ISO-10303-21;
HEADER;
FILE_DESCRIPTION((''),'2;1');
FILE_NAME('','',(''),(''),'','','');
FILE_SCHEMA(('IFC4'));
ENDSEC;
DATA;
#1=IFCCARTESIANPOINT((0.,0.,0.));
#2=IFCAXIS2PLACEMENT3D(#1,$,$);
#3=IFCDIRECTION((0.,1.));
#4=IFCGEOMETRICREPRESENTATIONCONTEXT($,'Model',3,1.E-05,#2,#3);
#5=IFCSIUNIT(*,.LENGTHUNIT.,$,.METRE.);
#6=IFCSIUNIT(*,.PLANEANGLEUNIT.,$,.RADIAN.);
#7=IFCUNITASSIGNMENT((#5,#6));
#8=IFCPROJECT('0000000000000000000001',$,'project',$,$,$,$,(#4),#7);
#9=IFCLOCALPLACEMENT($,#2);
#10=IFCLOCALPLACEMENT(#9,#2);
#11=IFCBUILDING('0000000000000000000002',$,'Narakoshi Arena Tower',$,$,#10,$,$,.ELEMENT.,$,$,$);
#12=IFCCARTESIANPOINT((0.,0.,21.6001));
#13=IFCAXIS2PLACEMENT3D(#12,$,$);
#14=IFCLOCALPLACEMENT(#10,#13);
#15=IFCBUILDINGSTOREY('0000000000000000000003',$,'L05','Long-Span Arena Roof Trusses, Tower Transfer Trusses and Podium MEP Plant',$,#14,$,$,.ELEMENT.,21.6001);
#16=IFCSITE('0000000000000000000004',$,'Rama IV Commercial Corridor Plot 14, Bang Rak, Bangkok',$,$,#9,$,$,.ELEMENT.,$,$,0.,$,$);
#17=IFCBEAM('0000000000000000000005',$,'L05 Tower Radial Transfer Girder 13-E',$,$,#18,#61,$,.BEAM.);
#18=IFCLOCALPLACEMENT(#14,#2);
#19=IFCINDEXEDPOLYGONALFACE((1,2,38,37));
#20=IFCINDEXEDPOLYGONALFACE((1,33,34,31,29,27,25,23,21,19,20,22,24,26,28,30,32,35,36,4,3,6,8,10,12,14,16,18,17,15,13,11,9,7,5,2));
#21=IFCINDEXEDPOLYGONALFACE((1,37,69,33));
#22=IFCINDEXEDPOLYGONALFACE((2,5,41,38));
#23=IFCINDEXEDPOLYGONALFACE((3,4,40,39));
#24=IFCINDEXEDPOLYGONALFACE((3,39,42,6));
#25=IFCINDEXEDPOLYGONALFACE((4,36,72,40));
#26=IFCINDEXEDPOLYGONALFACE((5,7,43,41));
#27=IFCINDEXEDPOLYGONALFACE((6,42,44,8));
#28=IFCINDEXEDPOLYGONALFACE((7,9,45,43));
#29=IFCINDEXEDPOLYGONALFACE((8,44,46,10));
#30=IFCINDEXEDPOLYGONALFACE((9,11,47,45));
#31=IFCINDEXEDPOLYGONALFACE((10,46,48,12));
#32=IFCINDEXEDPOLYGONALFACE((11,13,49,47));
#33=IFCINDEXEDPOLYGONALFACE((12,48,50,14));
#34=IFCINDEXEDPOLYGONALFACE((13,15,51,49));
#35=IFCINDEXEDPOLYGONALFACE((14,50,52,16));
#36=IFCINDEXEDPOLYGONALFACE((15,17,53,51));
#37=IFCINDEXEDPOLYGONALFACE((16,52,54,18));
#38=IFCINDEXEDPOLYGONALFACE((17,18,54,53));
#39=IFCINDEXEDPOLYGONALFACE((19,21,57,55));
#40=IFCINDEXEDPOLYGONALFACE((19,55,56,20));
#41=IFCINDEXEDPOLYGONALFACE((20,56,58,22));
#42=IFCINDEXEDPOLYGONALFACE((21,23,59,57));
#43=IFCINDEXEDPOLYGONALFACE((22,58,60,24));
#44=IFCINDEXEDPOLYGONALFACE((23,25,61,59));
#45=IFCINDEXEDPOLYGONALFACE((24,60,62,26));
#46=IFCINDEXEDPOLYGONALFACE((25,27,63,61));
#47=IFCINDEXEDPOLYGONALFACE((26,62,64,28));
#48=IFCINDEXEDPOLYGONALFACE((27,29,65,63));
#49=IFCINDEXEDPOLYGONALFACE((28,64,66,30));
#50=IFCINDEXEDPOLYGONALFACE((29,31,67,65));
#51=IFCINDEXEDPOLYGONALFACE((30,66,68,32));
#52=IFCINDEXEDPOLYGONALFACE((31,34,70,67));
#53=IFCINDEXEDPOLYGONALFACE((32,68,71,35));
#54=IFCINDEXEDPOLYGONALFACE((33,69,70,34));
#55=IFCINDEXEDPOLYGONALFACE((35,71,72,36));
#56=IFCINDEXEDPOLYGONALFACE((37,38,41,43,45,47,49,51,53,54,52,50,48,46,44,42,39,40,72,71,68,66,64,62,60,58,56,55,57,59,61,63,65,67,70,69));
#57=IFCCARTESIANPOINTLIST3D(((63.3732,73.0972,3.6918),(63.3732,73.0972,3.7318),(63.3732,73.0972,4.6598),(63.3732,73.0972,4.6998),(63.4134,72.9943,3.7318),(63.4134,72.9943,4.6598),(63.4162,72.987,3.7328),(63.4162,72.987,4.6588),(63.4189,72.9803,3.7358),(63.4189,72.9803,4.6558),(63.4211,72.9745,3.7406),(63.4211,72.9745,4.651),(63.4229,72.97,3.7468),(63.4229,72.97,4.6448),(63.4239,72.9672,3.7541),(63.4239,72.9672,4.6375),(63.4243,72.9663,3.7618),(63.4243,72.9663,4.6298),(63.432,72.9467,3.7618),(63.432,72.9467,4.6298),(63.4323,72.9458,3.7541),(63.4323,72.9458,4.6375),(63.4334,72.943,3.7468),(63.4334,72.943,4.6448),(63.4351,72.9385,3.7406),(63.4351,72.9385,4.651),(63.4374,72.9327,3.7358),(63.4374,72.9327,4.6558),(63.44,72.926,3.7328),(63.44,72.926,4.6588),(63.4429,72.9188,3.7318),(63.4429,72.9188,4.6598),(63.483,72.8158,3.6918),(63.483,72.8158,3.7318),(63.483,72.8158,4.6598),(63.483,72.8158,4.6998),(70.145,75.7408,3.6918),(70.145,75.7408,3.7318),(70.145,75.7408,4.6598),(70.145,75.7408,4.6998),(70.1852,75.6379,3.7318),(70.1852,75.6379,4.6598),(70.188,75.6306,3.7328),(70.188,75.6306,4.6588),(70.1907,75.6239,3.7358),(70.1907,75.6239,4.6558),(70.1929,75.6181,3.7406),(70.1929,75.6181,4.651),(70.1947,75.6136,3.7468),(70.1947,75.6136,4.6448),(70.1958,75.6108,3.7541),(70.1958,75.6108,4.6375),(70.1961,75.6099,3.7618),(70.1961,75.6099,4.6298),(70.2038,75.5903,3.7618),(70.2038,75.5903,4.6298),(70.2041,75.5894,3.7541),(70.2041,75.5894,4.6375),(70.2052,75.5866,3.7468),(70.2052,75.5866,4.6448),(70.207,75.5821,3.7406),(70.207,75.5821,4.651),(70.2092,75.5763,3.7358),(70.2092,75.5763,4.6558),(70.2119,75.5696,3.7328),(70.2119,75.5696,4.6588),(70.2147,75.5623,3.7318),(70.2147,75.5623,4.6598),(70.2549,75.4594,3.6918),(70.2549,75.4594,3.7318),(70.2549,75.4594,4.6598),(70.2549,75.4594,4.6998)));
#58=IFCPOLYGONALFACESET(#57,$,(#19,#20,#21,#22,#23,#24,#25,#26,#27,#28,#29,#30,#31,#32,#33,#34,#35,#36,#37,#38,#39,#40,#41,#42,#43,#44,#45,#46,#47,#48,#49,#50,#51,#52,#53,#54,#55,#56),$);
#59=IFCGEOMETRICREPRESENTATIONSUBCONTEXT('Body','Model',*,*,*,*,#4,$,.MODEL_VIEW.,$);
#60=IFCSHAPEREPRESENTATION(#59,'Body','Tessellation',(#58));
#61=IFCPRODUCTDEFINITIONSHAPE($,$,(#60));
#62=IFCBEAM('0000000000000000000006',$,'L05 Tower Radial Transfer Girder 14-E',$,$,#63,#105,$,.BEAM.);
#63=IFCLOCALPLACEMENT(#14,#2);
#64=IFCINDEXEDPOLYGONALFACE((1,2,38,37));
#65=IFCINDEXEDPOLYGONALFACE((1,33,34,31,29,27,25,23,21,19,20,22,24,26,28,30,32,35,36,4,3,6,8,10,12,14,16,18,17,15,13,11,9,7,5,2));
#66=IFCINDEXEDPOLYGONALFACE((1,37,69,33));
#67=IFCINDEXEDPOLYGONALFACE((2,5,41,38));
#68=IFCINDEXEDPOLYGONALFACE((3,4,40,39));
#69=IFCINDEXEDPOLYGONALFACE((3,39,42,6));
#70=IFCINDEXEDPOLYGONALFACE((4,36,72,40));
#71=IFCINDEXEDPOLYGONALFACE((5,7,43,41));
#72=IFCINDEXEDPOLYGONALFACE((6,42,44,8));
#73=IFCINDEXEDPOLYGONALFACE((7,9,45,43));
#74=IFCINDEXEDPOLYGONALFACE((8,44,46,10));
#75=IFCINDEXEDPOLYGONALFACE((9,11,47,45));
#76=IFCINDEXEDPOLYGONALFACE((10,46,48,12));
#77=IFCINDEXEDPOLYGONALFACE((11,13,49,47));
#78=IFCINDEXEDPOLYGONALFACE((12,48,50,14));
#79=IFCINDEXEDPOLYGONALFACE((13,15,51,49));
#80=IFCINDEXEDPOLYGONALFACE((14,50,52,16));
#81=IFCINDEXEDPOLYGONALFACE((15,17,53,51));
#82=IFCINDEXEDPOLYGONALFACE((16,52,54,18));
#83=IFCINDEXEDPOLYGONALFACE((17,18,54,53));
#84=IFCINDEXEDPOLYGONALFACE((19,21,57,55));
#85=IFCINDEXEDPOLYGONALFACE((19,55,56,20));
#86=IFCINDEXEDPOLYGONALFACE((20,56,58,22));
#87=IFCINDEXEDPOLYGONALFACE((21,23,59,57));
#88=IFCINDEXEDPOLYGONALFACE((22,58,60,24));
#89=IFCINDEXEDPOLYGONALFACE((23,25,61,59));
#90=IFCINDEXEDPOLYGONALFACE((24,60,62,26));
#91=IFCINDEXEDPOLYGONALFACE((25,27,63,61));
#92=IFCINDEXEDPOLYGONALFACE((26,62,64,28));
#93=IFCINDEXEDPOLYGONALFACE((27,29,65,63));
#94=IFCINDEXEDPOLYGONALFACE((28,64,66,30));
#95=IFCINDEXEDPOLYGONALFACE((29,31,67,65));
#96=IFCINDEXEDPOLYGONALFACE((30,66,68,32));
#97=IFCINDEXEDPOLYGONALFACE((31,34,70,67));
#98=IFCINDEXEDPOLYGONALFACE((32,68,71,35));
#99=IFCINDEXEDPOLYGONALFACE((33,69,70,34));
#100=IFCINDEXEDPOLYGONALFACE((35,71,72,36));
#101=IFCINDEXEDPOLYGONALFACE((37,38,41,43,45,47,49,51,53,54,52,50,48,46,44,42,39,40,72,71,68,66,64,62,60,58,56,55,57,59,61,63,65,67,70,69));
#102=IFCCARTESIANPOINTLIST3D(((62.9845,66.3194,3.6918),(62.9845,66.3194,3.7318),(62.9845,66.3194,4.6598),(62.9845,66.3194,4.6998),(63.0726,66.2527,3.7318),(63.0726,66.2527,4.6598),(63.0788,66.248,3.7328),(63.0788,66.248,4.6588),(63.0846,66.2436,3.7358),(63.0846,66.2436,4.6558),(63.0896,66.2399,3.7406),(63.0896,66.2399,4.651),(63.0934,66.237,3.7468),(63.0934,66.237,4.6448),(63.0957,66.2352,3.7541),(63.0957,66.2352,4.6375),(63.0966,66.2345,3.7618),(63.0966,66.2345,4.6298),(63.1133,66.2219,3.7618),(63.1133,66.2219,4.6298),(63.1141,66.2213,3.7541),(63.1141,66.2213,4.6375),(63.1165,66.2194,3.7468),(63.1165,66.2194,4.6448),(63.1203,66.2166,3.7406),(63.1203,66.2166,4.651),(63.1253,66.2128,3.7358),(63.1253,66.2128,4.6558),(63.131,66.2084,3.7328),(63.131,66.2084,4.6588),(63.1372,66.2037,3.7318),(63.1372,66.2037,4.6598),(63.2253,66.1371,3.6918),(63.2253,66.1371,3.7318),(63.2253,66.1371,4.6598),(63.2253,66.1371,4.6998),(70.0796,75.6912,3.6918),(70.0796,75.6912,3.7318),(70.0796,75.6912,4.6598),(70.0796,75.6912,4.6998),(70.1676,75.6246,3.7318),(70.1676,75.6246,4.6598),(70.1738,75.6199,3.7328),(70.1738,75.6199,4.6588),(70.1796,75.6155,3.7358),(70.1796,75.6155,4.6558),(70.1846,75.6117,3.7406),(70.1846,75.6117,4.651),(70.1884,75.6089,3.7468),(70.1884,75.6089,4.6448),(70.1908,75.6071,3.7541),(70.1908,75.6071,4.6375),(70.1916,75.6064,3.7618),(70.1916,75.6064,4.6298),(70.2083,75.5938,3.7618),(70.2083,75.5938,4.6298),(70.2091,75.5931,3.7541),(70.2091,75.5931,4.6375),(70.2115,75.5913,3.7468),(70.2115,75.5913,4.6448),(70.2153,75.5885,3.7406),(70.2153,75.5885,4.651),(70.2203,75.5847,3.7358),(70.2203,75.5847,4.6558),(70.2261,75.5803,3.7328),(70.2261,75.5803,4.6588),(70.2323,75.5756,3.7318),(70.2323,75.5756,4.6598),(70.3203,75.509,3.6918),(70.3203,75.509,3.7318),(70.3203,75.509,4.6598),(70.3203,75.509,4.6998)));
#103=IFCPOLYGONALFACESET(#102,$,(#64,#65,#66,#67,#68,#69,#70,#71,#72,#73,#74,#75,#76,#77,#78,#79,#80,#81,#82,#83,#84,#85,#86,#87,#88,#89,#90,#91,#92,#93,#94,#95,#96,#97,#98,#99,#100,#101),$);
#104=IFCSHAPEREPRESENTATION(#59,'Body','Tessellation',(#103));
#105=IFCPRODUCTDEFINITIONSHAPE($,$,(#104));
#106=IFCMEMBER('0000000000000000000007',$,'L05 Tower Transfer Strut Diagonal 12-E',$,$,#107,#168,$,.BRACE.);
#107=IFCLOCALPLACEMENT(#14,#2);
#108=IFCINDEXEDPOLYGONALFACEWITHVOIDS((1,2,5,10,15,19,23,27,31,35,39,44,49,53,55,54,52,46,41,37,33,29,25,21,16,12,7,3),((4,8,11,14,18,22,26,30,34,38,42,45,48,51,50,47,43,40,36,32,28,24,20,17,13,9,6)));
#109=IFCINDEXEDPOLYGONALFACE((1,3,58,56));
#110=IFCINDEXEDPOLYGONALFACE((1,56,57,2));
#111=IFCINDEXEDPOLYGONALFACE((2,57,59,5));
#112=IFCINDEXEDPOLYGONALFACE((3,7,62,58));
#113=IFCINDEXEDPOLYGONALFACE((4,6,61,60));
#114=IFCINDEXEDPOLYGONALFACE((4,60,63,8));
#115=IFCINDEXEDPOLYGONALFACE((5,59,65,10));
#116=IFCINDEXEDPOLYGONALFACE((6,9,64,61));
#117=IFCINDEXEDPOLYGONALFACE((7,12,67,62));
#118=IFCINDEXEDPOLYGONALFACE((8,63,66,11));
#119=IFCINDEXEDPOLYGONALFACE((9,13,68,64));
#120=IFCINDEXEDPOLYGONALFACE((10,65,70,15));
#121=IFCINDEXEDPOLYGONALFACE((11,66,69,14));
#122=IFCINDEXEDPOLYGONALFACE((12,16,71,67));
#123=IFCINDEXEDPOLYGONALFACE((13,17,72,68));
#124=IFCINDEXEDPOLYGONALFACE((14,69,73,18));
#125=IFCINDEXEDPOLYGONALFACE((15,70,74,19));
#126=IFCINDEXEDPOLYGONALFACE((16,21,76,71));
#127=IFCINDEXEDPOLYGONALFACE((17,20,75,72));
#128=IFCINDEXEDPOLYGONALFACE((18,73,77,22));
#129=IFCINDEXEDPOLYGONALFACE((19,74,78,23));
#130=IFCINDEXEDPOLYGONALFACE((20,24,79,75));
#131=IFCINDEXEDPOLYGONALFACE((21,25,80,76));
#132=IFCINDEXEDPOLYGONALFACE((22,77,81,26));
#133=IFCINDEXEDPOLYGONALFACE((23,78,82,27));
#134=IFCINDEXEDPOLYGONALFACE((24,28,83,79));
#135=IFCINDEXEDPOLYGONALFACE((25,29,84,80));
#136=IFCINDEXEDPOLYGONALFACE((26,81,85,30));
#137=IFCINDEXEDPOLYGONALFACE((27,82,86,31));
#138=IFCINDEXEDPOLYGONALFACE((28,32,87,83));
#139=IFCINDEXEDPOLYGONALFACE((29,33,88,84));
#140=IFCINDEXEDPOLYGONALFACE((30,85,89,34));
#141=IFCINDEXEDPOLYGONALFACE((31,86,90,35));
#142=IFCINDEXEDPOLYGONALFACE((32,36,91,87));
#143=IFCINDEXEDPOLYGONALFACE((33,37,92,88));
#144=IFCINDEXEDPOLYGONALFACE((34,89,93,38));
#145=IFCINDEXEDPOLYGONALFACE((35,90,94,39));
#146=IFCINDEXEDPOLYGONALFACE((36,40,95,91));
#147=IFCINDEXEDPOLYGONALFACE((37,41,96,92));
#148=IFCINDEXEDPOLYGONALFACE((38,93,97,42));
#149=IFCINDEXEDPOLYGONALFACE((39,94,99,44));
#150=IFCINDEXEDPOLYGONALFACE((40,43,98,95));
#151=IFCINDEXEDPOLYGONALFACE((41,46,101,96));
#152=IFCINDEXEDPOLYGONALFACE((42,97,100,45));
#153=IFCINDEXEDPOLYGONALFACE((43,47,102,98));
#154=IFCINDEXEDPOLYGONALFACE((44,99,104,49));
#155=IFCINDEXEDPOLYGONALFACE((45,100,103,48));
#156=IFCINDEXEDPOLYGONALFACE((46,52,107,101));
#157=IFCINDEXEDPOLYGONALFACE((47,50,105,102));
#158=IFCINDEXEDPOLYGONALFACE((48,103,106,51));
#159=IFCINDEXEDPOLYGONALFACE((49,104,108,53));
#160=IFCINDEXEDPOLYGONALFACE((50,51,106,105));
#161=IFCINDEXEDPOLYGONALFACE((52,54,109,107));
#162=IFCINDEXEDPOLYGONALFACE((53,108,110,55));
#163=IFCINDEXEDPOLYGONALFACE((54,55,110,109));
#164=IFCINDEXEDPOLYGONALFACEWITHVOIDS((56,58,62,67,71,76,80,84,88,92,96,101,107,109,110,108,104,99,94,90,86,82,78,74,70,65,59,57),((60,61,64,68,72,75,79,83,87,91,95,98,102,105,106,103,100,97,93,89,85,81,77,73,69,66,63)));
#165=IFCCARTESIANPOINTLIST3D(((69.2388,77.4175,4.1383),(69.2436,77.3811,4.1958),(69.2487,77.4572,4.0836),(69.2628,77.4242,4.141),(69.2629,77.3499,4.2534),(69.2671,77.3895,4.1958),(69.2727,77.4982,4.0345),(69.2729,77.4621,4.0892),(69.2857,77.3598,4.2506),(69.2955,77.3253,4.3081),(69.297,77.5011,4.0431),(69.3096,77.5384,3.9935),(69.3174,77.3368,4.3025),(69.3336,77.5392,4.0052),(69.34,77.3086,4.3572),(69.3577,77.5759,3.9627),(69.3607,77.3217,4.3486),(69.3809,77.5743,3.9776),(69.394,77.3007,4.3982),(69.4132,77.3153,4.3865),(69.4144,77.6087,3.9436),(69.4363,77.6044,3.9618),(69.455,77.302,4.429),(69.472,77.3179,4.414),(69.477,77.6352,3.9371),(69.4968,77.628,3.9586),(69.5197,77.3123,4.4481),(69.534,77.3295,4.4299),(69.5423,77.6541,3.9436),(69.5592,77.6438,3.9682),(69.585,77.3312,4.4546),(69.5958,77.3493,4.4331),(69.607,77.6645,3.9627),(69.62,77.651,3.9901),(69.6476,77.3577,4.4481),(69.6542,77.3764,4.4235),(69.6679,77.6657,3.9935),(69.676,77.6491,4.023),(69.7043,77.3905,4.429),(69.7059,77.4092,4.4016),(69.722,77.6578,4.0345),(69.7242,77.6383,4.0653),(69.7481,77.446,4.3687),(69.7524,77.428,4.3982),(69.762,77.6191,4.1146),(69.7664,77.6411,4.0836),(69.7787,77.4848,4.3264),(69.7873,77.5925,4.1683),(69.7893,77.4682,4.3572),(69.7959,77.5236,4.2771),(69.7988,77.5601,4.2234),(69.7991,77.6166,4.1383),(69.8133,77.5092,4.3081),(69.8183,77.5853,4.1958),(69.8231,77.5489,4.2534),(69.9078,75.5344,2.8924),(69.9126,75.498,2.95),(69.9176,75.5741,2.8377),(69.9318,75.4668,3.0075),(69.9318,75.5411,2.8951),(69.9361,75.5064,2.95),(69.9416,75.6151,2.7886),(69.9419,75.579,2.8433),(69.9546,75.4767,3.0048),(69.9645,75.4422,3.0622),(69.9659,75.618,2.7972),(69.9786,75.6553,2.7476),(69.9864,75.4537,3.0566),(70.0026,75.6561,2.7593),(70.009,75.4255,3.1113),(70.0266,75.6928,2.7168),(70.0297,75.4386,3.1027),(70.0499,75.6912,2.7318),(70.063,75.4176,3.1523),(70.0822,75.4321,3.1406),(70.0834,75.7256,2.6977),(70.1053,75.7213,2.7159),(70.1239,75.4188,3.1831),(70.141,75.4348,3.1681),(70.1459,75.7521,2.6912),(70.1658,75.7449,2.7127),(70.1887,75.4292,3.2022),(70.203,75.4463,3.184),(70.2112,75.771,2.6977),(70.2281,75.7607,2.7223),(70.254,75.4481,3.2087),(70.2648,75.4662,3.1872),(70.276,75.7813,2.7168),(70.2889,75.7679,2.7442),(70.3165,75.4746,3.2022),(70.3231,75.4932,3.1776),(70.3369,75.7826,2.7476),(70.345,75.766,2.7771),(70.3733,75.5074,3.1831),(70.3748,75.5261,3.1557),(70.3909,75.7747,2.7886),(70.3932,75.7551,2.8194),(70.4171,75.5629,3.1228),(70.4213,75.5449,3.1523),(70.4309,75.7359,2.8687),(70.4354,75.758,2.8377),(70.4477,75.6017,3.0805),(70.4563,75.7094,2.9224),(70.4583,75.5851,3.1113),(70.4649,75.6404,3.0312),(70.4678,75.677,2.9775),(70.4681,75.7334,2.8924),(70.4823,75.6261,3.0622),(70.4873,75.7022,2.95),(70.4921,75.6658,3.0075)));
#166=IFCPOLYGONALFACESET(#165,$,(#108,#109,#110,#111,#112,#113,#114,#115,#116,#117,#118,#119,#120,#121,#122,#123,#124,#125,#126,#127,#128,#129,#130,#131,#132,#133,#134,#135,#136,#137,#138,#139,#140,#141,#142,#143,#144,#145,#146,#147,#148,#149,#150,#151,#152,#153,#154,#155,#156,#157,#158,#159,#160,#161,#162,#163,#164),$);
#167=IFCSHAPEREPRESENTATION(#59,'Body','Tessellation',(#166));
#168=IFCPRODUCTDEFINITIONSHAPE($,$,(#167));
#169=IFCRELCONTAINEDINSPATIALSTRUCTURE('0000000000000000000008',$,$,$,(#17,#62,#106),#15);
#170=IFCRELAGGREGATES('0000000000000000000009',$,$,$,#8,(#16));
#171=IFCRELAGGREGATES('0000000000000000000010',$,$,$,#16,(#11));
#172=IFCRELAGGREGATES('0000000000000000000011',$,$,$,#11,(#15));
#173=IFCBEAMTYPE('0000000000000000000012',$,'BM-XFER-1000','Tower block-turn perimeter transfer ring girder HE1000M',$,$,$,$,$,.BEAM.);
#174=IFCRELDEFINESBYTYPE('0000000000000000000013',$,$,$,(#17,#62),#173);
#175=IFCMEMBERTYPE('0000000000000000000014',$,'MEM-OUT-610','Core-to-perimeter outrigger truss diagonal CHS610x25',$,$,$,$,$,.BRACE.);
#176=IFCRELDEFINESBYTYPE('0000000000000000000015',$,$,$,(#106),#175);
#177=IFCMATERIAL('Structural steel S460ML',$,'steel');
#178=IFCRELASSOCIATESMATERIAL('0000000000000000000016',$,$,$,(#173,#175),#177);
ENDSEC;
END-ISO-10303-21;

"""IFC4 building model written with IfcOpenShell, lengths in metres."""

from ifc_helpers import new_model, si_unit, direction, frame, origin, origin_2d, place, context, subcontext, project, spatial, hollow_circle, i_section, extrude, material, material_profile, profile_set, type_object, element, save


model = new_model("IFC4")

# Units and contexts
model_context = context("Model", 3, precision=1e-05, world=origin(), true_north=direction((0.0, 1.0)))
body_context = subcontext(model_context, "Body", "Model", "MODEL_VIEW")
ifc_project = project(units=[si_unit("LENGTHUNIT", "METRE"), si_unit("PLANEANGLEUNIT", "RADIAN")], contexts=[model_context])

# Site, building, storey
site_placement = place(None, origin())
site = spatial("IfcSite", under=ifc_project, at=site_placement, Name="Rama IV Commercial Corridor Plot 14, Bang Rak, Bangkok", CompositionType="ELEMENT", RefElevation=0.0)
building_placement = place(site_placement, origin())
building = spatial("IfcBuilding", under=site, at=building_placement, Name="Narakoshi Arena Tower", CompositionType="ELEMENT")
storey_placement = place(building_placement, frame((0.0, 0.0, 21.6001)))
storey = spatial("IfcBuildingStorey", under=building, at=storey_placement, Name="L05", Description="Long-Span Arena Roof Trusses, Tower Transfer Trusses and Podium MEP Plant", CompositionType="ELEMENT", Elevation=21.6001)

# Beams
ifc_material_1 = material(Name="Structural steel S460ML", Category="steel")
ifc_material_profile_1 = material_profile(ifc_material_1, i_section(OverallWidth=0.302, OverallDepth=1.0081, WebThickness=0.021, FlangeThickness=0.04, FilletRadius=0.03, at=origin_2d()), Name="HE1000M")
ifc_profile_set_1 = profile_set([ifc_material_profile_1], Name="Structural steel S460ML")
beam_type_1 = type_object("IfcBeamType", Name="BM-XFER-1000", Description="Tower block-turn perimeter transfer ring girder HE1000M", PredefinedType="BEAM", material=ifc_profile_set_1)
beam_1_placement = place(storey_placement, frame((70.2, 75.6001, 4.1958), z_axis=(-0.931534, -0.363653, 0.0), x_axis=(0.363653, -0.931534, 0.0)))
element("IfcBeam", 1, at=beam_1_placement, inside=storey, type_object=beam_type_1, Name="L05 Tower Radial Transfer Girder 13-E", PredefinedType="BEAM", context=body_context, shape_type="SweptSolid", body=[
    extrude(i_section(OverallWidth=0.302, OverallDepth=1.0081, WebThickness=0.021, FlangeThickness=0.04, FilletRadius=0.03, at=origin_2d()), origin(), (0.0, 0.0, 1.0), 7.2695),
])
beam_2_placement = place(storey_placement, frame((70.2, 75.6001, 4.1958), z_axis=(-0.603593, -0.797293, 0.0), x_axis=(0.797293, -0.603593, 0.0)))
element("IfcBeam", 2, at=beam_2_placement, inside=storey, type_object=beam_type_1, Name="L05 Tower Radial Transfer Girder 14-E", PredefinedType="BEAM", context=body_context, shape_type="SweptSolid", body=[
    extrude(i_section(OverallWidth=0.302, OverallDepth=1.0081, WebThickness=0.021, FlangeThickness=0.04, FilletRadius=0.03, at=origin_2d()), origin(), (0.0, 0.0, 1.0), 11.7546),
])

# Member
ifc_material_profile_2 = material_profile(ifc_material_1, hollow_circle(Radius=0.3049, WallThickness=0.0249, at=origin_2d()), Name="CHS610x25")
ifc_profile_set_2 = profile_set([ifc_material_profile_2], Name="Structural steel S460ML")
member_type = type_object("IfcMemberType", Name="MEM-OUT-610", Description="Core-to-perimeter outrigger truss diagonal CHS610x25", PredefinedType="BRACE", material=ifc_profile_set_2)
member_1_placement = place(storey_placement, frame((70.2, 75.6001, 2.95), z_axis=(-0.284066, 0.799635, 0.529047), x_axis=(-0.942307, -0.334749, 0.0)))
element("IfcMember", 3, at=member_1_placement, inside=storey, type_object=member_type, Name="L05 Tower Transfer Strut Diagonal 12-E", PredefinedType="BRACE", context=body_context, shape_type="SweptSolid", body=[
    extrude(hollow_circle(Radius=0.3049, WallThickness=0.0249, at=origin_2d()), origin(), (0.0, 0.0, 1.0), 2.355),
])

save(model, "model.ifc")
